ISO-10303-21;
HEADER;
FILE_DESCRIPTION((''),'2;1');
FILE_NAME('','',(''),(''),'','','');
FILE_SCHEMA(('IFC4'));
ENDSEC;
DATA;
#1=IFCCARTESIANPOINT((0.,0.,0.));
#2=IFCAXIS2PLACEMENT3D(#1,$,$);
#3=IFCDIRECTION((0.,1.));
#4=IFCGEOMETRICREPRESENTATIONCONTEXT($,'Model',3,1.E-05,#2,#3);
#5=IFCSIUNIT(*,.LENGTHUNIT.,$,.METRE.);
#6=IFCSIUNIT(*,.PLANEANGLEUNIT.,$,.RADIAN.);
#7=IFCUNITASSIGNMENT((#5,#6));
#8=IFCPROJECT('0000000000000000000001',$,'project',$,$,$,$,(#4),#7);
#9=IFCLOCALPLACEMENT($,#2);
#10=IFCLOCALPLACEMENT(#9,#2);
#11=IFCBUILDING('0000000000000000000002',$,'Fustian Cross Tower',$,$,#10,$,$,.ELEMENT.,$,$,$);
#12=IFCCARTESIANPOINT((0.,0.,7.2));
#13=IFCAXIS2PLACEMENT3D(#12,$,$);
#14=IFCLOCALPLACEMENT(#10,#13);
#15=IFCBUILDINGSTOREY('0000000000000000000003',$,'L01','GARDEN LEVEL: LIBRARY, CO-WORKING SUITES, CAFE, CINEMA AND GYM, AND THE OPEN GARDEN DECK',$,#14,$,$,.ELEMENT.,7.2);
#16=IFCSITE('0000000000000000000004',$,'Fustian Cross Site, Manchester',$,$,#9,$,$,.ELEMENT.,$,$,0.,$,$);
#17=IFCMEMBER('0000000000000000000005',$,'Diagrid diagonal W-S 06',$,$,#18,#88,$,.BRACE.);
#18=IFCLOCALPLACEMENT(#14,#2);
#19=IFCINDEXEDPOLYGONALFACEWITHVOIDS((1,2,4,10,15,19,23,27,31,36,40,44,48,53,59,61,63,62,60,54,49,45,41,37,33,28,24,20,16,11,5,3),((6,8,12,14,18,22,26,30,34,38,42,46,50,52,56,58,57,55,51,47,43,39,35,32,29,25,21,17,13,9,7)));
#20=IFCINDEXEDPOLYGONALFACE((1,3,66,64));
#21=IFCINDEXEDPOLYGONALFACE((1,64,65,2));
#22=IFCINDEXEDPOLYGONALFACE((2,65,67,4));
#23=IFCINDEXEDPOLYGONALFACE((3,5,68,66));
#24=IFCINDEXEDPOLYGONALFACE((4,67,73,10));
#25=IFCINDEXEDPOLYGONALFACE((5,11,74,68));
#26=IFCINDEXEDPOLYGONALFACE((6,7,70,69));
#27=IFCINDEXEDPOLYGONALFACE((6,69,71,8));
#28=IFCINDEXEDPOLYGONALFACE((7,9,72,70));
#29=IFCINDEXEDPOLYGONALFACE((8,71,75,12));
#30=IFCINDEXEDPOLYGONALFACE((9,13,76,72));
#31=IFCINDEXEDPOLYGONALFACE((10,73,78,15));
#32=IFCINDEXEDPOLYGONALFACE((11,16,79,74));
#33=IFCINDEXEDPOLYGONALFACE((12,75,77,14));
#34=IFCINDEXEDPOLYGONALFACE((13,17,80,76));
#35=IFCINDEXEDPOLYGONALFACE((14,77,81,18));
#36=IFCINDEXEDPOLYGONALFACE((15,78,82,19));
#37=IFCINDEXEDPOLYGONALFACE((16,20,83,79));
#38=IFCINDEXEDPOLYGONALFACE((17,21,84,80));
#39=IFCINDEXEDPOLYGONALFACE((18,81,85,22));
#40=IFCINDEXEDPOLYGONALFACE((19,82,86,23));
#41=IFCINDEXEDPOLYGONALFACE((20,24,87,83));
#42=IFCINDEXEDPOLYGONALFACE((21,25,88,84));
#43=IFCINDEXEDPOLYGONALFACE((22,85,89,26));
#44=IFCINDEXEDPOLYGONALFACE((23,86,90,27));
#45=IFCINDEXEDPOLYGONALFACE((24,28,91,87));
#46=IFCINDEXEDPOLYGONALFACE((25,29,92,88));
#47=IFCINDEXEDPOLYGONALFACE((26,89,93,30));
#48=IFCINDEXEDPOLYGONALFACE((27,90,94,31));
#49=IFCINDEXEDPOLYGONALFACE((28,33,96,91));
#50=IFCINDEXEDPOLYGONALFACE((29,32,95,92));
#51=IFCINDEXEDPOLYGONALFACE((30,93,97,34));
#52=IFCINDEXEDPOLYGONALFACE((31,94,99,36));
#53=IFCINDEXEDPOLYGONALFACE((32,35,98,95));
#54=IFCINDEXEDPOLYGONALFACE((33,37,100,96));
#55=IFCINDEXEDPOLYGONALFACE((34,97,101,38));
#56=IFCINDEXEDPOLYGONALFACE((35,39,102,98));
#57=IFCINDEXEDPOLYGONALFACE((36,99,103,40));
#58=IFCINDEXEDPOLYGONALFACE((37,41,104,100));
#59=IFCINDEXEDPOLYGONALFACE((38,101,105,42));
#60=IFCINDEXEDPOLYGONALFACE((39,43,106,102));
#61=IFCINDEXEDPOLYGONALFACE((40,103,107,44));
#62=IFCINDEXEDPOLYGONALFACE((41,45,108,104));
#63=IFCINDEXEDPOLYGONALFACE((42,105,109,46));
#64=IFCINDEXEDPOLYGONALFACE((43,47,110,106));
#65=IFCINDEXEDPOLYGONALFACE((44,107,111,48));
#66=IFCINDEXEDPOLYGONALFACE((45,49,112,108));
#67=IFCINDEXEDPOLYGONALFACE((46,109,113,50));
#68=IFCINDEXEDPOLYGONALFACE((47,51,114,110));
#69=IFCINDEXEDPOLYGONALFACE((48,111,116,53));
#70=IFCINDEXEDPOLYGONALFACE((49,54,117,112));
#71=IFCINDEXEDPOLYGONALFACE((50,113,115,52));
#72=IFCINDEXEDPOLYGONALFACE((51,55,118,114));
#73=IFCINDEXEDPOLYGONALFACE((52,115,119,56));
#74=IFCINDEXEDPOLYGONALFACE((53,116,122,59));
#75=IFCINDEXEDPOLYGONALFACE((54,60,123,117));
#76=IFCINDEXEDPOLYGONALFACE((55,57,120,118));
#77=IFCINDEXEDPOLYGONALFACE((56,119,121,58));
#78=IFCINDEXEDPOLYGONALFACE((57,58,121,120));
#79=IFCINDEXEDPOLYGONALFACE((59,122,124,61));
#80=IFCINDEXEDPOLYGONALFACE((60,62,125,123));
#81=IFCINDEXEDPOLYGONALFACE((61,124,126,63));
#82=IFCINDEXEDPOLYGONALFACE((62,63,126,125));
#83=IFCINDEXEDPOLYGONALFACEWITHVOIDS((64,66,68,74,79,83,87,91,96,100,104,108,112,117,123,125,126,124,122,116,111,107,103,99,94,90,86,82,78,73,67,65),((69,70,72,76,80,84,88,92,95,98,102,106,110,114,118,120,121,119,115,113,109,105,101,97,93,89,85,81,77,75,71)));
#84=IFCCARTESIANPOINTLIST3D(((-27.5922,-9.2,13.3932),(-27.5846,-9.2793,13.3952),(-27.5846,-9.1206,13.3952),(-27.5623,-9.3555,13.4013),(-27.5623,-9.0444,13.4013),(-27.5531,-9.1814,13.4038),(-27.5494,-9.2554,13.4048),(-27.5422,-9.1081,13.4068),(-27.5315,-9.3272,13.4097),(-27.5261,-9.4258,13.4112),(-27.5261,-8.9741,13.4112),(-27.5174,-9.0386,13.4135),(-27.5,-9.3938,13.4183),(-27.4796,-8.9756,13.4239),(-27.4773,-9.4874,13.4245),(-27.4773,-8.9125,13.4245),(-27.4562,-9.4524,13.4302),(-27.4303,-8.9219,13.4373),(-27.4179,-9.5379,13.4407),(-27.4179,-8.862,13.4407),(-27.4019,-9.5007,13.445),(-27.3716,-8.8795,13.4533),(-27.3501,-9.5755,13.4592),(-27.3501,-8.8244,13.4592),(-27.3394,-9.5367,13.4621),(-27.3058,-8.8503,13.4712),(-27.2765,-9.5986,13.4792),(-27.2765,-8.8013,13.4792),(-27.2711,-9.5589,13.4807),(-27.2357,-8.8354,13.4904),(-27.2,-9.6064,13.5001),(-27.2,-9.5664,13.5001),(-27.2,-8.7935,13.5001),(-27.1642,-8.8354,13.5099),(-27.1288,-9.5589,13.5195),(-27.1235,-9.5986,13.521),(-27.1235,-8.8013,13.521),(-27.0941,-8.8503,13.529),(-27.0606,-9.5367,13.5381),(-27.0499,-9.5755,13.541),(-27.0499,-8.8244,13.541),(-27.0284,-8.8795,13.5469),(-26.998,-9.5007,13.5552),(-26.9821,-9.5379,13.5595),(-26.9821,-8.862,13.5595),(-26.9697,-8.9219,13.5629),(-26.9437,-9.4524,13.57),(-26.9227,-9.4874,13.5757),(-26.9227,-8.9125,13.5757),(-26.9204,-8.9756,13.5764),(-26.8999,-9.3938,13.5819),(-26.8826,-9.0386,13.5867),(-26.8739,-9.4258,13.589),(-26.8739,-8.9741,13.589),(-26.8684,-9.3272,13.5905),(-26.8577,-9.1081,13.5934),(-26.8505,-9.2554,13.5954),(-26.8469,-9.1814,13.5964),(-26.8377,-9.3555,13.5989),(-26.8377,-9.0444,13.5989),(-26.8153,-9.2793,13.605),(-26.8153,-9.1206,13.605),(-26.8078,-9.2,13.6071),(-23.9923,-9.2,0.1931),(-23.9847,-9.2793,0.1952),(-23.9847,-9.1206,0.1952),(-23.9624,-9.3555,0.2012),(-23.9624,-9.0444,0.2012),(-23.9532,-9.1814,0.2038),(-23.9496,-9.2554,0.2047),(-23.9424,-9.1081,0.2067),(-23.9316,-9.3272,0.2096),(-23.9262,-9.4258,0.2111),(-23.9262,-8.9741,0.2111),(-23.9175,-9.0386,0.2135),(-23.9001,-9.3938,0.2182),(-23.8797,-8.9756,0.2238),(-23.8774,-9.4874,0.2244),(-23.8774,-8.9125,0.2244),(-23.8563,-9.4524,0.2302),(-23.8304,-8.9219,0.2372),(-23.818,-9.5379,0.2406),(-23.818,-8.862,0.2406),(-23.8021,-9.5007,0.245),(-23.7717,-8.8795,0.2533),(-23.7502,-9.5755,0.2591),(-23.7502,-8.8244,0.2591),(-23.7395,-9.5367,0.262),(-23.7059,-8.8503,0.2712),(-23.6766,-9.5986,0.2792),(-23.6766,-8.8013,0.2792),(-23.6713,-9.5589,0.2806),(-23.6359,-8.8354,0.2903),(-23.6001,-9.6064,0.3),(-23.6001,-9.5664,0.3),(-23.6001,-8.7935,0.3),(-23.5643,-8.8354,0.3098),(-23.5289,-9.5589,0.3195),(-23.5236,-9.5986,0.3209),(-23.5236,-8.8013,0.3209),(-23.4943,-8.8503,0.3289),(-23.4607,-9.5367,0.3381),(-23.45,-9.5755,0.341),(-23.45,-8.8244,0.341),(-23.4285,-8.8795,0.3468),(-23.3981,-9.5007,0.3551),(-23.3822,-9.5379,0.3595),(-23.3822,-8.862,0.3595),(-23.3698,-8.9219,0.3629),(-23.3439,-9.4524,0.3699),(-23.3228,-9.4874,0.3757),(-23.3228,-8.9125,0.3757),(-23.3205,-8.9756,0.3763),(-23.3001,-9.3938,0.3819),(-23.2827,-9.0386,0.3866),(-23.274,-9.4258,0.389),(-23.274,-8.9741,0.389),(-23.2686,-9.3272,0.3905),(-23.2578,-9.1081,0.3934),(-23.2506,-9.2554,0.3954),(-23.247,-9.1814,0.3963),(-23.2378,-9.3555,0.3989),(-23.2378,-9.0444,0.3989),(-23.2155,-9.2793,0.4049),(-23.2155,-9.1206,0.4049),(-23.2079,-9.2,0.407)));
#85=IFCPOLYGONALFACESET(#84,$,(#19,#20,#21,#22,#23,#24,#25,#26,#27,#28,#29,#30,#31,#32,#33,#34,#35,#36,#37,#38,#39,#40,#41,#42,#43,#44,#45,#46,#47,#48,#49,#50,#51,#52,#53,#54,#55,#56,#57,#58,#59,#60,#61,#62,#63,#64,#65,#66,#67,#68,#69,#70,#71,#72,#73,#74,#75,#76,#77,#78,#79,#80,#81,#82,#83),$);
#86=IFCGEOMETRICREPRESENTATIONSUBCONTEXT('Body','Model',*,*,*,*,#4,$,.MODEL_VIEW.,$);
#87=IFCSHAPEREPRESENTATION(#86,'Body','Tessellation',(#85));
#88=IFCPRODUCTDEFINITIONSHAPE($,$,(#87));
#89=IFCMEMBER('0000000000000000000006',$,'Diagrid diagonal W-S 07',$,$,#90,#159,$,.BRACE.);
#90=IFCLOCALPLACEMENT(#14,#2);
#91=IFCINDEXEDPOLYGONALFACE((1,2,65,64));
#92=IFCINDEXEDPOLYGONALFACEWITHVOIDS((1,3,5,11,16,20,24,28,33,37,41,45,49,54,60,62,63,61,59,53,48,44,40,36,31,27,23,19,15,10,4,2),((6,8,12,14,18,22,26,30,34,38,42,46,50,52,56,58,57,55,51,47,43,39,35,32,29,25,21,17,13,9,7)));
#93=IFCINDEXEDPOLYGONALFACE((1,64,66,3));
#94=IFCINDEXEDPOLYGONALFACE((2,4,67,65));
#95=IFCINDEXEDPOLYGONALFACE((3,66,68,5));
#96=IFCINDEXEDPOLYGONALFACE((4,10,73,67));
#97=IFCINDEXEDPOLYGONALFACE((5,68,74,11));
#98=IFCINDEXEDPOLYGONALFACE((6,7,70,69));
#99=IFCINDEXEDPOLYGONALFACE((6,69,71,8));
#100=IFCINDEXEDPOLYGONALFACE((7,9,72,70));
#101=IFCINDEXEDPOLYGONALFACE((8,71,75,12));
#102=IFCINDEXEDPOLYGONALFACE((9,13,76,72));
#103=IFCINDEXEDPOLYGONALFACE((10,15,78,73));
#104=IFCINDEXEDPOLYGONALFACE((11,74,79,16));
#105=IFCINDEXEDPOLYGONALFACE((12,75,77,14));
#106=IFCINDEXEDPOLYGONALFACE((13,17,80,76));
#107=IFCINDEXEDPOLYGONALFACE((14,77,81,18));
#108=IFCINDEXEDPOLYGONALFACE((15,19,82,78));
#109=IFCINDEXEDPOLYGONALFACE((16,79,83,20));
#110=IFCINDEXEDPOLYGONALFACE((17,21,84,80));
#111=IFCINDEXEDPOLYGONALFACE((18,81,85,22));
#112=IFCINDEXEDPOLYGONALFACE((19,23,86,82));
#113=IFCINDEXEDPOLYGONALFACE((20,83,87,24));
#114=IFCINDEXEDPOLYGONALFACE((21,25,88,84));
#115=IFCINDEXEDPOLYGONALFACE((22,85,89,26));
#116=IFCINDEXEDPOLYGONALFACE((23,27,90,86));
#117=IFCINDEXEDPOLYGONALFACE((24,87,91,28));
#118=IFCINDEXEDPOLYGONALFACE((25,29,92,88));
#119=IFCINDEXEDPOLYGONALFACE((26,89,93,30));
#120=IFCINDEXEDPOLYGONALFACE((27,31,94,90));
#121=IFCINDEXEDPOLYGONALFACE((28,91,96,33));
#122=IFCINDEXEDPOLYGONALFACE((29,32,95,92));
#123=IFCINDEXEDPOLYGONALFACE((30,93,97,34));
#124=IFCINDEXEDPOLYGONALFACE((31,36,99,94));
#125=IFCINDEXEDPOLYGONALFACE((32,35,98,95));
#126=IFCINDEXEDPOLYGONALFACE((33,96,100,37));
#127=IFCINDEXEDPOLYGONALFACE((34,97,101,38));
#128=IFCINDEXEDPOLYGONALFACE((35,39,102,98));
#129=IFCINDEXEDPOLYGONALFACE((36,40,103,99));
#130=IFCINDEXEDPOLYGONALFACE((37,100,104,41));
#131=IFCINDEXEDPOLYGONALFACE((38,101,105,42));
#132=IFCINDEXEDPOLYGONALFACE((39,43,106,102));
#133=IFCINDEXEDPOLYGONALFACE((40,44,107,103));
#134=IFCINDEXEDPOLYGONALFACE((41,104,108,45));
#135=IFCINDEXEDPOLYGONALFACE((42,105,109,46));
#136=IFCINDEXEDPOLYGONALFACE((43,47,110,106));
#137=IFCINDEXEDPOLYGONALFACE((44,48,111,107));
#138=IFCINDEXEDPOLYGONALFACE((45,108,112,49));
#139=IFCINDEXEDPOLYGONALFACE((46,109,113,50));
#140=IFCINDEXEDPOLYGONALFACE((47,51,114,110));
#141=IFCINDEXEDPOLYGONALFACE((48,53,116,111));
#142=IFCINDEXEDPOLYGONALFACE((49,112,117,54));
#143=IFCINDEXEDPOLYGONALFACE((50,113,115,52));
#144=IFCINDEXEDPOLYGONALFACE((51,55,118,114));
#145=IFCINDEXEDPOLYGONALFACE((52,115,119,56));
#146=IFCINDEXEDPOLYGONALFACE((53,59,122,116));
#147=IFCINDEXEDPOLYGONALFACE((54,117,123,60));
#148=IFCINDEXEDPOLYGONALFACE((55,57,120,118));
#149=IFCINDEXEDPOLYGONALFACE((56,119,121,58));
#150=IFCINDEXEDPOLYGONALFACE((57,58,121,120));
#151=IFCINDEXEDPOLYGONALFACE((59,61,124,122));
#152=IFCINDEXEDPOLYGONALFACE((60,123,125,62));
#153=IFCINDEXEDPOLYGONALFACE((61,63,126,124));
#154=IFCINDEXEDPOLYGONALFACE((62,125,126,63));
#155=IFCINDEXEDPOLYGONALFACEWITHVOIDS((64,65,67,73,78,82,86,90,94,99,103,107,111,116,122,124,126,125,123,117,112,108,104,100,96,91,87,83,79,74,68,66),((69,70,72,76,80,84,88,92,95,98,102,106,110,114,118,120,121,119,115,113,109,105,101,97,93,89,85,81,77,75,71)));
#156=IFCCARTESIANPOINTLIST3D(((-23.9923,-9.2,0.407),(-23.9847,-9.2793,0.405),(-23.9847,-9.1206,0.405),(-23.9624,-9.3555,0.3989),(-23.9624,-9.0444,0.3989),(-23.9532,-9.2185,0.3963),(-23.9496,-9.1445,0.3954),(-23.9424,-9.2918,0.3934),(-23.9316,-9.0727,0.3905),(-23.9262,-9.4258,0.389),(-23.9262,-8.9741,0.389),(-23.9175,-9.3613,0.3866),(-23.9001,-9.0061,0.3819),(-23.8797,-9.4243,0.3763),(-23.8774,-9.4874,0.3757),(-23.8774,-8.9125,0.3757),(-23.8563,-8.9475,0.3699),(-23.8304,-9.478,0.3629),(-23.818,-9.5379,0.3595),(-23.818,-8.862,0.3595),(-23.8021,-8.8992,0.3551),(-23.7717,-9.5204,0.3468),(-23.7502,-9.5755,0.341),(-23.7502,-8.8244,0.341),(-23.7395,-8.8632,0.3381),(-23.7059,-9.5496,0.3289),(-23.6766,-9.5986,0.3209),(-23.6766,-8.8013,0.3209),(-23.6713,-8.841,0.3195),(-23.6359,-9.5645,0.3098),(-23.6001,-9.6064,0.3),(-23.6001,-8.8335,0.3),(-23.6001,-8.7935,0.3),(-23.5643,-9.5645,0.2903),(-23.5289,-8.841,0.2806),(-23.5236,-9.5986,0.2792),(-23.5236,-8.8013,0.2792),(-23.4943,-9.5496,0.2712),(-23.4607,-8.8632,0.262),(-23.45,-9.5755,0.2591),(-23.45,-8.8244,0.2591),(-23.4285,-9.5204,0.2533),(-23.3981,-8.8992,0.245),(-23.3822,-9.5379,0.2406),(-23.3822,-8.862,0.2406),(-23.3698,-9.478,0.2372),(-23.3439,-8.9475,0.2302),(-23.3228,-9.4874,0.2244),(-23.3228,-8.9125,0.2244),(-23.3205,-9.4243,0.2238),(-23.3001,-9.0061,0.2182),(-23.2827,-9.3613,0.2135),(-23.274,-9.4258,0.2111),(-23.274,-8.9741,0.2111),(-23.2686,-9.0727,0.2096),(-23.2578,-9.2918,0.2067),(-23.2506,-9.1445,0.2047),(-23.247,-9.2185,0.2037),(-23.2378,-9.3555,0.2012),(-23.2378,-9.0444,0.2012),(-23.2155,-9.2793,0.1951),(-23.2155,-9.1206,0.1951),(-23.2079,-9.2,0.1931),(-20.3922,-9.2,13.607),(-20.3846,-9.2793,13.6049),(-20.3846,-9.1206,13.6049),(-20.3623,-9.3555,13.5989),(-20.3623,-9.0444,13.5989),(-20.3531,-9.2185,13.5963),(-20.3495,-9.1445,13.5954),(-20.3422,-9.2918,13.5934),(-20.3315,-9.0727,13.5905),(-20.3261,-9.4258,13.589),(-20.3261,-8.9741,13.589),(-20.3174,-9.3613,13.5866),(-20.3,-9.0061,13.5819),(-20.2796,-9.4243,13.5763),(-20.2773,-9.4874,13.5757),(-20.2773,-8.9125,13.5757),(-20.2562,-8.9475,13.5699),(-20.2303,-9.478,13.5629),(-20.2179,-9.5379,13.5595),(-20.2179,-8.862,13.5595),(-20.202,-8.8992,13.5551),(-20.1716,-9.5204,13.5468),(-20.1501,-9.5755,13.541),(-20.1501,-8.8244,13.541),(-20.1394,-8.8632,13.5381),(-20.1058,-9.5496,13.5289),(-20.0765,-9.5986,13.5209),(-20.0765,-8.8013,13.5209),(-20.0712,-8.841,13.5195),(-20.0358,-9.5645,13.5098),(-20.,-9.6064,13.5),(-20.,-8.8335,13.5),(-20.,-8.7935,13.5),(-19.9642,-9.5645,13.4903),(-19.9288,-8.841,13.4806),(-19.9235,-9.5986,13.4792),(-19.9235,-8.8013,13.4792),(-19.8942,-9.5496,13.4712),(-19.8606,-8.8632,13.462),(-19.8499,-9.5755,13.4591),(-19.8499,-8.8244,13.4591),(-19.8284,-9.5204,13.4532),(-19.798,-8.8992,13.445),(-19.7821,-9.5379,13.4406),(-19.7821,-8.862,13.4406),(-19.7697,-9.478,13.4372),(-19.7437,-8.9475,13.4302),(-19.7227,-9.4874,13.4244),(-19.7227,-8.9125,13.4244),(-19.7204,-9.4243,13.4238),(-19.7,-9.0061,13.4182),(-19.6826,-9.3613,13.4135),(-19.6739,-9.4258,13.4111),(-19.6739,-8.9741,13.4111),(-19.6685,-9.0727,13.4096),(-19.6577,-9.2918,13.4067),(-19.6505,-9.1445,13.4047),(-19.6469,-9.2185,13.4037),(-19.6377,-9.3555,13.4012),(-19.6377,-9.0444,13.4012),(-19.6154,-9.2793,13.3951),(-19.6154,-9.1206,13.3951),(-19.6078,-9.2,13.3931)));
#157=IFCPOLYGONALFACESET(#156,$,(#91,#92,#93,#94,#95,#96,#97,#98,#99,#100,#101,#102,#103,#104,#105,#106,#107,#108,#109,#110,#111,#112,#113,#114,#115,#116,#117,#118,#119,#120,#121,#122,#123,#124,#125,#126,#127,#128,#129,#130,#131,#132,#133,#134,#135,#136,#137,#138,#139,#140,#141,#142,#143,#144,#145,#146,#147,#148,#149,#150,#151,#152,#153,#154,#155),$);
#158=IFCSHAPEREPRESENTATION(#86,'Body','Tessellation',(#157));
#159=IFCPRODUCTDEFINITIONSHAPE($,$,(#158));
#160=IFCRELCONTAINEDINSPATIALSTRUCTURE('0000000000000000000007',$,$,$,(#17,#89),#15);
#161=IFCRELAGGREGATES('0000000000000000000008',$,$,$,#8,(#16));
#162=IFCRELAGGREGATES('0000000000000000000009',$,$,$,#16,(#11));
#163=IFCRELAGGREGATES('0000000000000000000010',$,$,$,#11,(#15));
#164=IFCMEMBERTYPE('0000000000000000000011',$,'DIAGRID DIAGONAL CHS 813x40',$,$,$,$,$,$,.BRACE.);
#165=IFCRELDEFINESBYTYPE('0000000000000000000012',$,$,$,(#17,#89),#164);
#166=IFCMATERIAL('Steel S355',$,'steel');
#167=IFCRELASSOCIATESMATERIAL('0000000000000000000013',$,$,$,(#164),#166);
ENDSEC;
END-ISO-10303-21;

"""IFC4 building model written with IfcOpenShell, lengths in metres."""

from ifc_helpers import new_model, si_unit, direction, frame, origin, origin_2d, place, context, subcontext, project, spatial, hollow_circle, extrude, material, material_profile, profile_set, type_object, element, save


model = new_model("IFC4")

# Units and contexts
model_context = context("Model", 3, precision=1e-05, world=origin(), true_north=direction((0.0, 1.0)))
body_context = subcontext(model_context, "Body", "Model", "MODEL_VIEW")
ifc_project = project(units=[si_unit("LENGTHUNIT", "METRE"), si_unit("PLANEANGLEUNIT", "RADIAN")], contexts=[model_context])

# Site, building, storey
site_placement = place(None, origin())
site = spatial("IfcSite", under=ifc_project, at=site_placement, Name="Fustian Cross Site, Manchester", CompositionType="ELEMENT", RefElevation=0.0)
building_placement = place(site_placement, origin())
building = spatial("IfcBuilding", under=site, at=building_placement, Name="Fustian Cross Tower", CompositionType="ELEMENT")
storey_placement = place(building_placement, frame((0.0, 0.0, 7.2)))
storey = spatial("IfcBuildingStorey", under=building, at=storey_placement, Name="L01", Description="GARDEN LEVEL: LIBRARY, CO-WORKING SUITES, CAFE, CINEMA AND GYM, AND THE OPEN GARDEN DECK", CompositionType="ELEMENT", Elevation=7.2)

# Members
ifc_material_1 = material(Name="Steel S355", Category="steel")
ifc_material_profile_1 = material_profile(ifc_material_1, hollow_circle(Radius=0.4065, WallThickness=0.04, at=origin_2d()), Name="CHS 813x40")
ifc_profile_set_1 = profile_set([ifc_material_profile_1], Name="Steel S355")
member_type_1 = type_object("IfcMemberType", Name="DIAGRID DIAGONAL CHS 813x40", PredefinedType="BRACE", material=ifc_profile_set_1)
for number, where, z_axis, x_axis, name in (
    (1, (-23.6001, -9.2, 0.3), (-0.263108, 0.0, 0.964766), (0.0, -1.0, 0.0), "Diagrid diagonal W-S 06"),
    (2, (-23.6001, -9.2, 0.3), (0.263125, 0.0, 0.964762), (0.0, 1.0, 0.0), "Diagrid diagonal W-S 07"),
):
    element("IfcMember", number, at=place(storey_placement, frame(where, z_axis=z_axis, x_axis=x_axis)), inside=storey, type_object=member_type_1, Name=name, PredefinedType="BRACE", context=body_context, shape_type="SweptSolid", body=[
        extrude(hollow_circle(Radius=0.4065, WallThickness=0.04, at=origin_2d()), origin(), (0.0, 0.0, 1.0), 13.6821),
    ])

save(model, "model.ifc")
